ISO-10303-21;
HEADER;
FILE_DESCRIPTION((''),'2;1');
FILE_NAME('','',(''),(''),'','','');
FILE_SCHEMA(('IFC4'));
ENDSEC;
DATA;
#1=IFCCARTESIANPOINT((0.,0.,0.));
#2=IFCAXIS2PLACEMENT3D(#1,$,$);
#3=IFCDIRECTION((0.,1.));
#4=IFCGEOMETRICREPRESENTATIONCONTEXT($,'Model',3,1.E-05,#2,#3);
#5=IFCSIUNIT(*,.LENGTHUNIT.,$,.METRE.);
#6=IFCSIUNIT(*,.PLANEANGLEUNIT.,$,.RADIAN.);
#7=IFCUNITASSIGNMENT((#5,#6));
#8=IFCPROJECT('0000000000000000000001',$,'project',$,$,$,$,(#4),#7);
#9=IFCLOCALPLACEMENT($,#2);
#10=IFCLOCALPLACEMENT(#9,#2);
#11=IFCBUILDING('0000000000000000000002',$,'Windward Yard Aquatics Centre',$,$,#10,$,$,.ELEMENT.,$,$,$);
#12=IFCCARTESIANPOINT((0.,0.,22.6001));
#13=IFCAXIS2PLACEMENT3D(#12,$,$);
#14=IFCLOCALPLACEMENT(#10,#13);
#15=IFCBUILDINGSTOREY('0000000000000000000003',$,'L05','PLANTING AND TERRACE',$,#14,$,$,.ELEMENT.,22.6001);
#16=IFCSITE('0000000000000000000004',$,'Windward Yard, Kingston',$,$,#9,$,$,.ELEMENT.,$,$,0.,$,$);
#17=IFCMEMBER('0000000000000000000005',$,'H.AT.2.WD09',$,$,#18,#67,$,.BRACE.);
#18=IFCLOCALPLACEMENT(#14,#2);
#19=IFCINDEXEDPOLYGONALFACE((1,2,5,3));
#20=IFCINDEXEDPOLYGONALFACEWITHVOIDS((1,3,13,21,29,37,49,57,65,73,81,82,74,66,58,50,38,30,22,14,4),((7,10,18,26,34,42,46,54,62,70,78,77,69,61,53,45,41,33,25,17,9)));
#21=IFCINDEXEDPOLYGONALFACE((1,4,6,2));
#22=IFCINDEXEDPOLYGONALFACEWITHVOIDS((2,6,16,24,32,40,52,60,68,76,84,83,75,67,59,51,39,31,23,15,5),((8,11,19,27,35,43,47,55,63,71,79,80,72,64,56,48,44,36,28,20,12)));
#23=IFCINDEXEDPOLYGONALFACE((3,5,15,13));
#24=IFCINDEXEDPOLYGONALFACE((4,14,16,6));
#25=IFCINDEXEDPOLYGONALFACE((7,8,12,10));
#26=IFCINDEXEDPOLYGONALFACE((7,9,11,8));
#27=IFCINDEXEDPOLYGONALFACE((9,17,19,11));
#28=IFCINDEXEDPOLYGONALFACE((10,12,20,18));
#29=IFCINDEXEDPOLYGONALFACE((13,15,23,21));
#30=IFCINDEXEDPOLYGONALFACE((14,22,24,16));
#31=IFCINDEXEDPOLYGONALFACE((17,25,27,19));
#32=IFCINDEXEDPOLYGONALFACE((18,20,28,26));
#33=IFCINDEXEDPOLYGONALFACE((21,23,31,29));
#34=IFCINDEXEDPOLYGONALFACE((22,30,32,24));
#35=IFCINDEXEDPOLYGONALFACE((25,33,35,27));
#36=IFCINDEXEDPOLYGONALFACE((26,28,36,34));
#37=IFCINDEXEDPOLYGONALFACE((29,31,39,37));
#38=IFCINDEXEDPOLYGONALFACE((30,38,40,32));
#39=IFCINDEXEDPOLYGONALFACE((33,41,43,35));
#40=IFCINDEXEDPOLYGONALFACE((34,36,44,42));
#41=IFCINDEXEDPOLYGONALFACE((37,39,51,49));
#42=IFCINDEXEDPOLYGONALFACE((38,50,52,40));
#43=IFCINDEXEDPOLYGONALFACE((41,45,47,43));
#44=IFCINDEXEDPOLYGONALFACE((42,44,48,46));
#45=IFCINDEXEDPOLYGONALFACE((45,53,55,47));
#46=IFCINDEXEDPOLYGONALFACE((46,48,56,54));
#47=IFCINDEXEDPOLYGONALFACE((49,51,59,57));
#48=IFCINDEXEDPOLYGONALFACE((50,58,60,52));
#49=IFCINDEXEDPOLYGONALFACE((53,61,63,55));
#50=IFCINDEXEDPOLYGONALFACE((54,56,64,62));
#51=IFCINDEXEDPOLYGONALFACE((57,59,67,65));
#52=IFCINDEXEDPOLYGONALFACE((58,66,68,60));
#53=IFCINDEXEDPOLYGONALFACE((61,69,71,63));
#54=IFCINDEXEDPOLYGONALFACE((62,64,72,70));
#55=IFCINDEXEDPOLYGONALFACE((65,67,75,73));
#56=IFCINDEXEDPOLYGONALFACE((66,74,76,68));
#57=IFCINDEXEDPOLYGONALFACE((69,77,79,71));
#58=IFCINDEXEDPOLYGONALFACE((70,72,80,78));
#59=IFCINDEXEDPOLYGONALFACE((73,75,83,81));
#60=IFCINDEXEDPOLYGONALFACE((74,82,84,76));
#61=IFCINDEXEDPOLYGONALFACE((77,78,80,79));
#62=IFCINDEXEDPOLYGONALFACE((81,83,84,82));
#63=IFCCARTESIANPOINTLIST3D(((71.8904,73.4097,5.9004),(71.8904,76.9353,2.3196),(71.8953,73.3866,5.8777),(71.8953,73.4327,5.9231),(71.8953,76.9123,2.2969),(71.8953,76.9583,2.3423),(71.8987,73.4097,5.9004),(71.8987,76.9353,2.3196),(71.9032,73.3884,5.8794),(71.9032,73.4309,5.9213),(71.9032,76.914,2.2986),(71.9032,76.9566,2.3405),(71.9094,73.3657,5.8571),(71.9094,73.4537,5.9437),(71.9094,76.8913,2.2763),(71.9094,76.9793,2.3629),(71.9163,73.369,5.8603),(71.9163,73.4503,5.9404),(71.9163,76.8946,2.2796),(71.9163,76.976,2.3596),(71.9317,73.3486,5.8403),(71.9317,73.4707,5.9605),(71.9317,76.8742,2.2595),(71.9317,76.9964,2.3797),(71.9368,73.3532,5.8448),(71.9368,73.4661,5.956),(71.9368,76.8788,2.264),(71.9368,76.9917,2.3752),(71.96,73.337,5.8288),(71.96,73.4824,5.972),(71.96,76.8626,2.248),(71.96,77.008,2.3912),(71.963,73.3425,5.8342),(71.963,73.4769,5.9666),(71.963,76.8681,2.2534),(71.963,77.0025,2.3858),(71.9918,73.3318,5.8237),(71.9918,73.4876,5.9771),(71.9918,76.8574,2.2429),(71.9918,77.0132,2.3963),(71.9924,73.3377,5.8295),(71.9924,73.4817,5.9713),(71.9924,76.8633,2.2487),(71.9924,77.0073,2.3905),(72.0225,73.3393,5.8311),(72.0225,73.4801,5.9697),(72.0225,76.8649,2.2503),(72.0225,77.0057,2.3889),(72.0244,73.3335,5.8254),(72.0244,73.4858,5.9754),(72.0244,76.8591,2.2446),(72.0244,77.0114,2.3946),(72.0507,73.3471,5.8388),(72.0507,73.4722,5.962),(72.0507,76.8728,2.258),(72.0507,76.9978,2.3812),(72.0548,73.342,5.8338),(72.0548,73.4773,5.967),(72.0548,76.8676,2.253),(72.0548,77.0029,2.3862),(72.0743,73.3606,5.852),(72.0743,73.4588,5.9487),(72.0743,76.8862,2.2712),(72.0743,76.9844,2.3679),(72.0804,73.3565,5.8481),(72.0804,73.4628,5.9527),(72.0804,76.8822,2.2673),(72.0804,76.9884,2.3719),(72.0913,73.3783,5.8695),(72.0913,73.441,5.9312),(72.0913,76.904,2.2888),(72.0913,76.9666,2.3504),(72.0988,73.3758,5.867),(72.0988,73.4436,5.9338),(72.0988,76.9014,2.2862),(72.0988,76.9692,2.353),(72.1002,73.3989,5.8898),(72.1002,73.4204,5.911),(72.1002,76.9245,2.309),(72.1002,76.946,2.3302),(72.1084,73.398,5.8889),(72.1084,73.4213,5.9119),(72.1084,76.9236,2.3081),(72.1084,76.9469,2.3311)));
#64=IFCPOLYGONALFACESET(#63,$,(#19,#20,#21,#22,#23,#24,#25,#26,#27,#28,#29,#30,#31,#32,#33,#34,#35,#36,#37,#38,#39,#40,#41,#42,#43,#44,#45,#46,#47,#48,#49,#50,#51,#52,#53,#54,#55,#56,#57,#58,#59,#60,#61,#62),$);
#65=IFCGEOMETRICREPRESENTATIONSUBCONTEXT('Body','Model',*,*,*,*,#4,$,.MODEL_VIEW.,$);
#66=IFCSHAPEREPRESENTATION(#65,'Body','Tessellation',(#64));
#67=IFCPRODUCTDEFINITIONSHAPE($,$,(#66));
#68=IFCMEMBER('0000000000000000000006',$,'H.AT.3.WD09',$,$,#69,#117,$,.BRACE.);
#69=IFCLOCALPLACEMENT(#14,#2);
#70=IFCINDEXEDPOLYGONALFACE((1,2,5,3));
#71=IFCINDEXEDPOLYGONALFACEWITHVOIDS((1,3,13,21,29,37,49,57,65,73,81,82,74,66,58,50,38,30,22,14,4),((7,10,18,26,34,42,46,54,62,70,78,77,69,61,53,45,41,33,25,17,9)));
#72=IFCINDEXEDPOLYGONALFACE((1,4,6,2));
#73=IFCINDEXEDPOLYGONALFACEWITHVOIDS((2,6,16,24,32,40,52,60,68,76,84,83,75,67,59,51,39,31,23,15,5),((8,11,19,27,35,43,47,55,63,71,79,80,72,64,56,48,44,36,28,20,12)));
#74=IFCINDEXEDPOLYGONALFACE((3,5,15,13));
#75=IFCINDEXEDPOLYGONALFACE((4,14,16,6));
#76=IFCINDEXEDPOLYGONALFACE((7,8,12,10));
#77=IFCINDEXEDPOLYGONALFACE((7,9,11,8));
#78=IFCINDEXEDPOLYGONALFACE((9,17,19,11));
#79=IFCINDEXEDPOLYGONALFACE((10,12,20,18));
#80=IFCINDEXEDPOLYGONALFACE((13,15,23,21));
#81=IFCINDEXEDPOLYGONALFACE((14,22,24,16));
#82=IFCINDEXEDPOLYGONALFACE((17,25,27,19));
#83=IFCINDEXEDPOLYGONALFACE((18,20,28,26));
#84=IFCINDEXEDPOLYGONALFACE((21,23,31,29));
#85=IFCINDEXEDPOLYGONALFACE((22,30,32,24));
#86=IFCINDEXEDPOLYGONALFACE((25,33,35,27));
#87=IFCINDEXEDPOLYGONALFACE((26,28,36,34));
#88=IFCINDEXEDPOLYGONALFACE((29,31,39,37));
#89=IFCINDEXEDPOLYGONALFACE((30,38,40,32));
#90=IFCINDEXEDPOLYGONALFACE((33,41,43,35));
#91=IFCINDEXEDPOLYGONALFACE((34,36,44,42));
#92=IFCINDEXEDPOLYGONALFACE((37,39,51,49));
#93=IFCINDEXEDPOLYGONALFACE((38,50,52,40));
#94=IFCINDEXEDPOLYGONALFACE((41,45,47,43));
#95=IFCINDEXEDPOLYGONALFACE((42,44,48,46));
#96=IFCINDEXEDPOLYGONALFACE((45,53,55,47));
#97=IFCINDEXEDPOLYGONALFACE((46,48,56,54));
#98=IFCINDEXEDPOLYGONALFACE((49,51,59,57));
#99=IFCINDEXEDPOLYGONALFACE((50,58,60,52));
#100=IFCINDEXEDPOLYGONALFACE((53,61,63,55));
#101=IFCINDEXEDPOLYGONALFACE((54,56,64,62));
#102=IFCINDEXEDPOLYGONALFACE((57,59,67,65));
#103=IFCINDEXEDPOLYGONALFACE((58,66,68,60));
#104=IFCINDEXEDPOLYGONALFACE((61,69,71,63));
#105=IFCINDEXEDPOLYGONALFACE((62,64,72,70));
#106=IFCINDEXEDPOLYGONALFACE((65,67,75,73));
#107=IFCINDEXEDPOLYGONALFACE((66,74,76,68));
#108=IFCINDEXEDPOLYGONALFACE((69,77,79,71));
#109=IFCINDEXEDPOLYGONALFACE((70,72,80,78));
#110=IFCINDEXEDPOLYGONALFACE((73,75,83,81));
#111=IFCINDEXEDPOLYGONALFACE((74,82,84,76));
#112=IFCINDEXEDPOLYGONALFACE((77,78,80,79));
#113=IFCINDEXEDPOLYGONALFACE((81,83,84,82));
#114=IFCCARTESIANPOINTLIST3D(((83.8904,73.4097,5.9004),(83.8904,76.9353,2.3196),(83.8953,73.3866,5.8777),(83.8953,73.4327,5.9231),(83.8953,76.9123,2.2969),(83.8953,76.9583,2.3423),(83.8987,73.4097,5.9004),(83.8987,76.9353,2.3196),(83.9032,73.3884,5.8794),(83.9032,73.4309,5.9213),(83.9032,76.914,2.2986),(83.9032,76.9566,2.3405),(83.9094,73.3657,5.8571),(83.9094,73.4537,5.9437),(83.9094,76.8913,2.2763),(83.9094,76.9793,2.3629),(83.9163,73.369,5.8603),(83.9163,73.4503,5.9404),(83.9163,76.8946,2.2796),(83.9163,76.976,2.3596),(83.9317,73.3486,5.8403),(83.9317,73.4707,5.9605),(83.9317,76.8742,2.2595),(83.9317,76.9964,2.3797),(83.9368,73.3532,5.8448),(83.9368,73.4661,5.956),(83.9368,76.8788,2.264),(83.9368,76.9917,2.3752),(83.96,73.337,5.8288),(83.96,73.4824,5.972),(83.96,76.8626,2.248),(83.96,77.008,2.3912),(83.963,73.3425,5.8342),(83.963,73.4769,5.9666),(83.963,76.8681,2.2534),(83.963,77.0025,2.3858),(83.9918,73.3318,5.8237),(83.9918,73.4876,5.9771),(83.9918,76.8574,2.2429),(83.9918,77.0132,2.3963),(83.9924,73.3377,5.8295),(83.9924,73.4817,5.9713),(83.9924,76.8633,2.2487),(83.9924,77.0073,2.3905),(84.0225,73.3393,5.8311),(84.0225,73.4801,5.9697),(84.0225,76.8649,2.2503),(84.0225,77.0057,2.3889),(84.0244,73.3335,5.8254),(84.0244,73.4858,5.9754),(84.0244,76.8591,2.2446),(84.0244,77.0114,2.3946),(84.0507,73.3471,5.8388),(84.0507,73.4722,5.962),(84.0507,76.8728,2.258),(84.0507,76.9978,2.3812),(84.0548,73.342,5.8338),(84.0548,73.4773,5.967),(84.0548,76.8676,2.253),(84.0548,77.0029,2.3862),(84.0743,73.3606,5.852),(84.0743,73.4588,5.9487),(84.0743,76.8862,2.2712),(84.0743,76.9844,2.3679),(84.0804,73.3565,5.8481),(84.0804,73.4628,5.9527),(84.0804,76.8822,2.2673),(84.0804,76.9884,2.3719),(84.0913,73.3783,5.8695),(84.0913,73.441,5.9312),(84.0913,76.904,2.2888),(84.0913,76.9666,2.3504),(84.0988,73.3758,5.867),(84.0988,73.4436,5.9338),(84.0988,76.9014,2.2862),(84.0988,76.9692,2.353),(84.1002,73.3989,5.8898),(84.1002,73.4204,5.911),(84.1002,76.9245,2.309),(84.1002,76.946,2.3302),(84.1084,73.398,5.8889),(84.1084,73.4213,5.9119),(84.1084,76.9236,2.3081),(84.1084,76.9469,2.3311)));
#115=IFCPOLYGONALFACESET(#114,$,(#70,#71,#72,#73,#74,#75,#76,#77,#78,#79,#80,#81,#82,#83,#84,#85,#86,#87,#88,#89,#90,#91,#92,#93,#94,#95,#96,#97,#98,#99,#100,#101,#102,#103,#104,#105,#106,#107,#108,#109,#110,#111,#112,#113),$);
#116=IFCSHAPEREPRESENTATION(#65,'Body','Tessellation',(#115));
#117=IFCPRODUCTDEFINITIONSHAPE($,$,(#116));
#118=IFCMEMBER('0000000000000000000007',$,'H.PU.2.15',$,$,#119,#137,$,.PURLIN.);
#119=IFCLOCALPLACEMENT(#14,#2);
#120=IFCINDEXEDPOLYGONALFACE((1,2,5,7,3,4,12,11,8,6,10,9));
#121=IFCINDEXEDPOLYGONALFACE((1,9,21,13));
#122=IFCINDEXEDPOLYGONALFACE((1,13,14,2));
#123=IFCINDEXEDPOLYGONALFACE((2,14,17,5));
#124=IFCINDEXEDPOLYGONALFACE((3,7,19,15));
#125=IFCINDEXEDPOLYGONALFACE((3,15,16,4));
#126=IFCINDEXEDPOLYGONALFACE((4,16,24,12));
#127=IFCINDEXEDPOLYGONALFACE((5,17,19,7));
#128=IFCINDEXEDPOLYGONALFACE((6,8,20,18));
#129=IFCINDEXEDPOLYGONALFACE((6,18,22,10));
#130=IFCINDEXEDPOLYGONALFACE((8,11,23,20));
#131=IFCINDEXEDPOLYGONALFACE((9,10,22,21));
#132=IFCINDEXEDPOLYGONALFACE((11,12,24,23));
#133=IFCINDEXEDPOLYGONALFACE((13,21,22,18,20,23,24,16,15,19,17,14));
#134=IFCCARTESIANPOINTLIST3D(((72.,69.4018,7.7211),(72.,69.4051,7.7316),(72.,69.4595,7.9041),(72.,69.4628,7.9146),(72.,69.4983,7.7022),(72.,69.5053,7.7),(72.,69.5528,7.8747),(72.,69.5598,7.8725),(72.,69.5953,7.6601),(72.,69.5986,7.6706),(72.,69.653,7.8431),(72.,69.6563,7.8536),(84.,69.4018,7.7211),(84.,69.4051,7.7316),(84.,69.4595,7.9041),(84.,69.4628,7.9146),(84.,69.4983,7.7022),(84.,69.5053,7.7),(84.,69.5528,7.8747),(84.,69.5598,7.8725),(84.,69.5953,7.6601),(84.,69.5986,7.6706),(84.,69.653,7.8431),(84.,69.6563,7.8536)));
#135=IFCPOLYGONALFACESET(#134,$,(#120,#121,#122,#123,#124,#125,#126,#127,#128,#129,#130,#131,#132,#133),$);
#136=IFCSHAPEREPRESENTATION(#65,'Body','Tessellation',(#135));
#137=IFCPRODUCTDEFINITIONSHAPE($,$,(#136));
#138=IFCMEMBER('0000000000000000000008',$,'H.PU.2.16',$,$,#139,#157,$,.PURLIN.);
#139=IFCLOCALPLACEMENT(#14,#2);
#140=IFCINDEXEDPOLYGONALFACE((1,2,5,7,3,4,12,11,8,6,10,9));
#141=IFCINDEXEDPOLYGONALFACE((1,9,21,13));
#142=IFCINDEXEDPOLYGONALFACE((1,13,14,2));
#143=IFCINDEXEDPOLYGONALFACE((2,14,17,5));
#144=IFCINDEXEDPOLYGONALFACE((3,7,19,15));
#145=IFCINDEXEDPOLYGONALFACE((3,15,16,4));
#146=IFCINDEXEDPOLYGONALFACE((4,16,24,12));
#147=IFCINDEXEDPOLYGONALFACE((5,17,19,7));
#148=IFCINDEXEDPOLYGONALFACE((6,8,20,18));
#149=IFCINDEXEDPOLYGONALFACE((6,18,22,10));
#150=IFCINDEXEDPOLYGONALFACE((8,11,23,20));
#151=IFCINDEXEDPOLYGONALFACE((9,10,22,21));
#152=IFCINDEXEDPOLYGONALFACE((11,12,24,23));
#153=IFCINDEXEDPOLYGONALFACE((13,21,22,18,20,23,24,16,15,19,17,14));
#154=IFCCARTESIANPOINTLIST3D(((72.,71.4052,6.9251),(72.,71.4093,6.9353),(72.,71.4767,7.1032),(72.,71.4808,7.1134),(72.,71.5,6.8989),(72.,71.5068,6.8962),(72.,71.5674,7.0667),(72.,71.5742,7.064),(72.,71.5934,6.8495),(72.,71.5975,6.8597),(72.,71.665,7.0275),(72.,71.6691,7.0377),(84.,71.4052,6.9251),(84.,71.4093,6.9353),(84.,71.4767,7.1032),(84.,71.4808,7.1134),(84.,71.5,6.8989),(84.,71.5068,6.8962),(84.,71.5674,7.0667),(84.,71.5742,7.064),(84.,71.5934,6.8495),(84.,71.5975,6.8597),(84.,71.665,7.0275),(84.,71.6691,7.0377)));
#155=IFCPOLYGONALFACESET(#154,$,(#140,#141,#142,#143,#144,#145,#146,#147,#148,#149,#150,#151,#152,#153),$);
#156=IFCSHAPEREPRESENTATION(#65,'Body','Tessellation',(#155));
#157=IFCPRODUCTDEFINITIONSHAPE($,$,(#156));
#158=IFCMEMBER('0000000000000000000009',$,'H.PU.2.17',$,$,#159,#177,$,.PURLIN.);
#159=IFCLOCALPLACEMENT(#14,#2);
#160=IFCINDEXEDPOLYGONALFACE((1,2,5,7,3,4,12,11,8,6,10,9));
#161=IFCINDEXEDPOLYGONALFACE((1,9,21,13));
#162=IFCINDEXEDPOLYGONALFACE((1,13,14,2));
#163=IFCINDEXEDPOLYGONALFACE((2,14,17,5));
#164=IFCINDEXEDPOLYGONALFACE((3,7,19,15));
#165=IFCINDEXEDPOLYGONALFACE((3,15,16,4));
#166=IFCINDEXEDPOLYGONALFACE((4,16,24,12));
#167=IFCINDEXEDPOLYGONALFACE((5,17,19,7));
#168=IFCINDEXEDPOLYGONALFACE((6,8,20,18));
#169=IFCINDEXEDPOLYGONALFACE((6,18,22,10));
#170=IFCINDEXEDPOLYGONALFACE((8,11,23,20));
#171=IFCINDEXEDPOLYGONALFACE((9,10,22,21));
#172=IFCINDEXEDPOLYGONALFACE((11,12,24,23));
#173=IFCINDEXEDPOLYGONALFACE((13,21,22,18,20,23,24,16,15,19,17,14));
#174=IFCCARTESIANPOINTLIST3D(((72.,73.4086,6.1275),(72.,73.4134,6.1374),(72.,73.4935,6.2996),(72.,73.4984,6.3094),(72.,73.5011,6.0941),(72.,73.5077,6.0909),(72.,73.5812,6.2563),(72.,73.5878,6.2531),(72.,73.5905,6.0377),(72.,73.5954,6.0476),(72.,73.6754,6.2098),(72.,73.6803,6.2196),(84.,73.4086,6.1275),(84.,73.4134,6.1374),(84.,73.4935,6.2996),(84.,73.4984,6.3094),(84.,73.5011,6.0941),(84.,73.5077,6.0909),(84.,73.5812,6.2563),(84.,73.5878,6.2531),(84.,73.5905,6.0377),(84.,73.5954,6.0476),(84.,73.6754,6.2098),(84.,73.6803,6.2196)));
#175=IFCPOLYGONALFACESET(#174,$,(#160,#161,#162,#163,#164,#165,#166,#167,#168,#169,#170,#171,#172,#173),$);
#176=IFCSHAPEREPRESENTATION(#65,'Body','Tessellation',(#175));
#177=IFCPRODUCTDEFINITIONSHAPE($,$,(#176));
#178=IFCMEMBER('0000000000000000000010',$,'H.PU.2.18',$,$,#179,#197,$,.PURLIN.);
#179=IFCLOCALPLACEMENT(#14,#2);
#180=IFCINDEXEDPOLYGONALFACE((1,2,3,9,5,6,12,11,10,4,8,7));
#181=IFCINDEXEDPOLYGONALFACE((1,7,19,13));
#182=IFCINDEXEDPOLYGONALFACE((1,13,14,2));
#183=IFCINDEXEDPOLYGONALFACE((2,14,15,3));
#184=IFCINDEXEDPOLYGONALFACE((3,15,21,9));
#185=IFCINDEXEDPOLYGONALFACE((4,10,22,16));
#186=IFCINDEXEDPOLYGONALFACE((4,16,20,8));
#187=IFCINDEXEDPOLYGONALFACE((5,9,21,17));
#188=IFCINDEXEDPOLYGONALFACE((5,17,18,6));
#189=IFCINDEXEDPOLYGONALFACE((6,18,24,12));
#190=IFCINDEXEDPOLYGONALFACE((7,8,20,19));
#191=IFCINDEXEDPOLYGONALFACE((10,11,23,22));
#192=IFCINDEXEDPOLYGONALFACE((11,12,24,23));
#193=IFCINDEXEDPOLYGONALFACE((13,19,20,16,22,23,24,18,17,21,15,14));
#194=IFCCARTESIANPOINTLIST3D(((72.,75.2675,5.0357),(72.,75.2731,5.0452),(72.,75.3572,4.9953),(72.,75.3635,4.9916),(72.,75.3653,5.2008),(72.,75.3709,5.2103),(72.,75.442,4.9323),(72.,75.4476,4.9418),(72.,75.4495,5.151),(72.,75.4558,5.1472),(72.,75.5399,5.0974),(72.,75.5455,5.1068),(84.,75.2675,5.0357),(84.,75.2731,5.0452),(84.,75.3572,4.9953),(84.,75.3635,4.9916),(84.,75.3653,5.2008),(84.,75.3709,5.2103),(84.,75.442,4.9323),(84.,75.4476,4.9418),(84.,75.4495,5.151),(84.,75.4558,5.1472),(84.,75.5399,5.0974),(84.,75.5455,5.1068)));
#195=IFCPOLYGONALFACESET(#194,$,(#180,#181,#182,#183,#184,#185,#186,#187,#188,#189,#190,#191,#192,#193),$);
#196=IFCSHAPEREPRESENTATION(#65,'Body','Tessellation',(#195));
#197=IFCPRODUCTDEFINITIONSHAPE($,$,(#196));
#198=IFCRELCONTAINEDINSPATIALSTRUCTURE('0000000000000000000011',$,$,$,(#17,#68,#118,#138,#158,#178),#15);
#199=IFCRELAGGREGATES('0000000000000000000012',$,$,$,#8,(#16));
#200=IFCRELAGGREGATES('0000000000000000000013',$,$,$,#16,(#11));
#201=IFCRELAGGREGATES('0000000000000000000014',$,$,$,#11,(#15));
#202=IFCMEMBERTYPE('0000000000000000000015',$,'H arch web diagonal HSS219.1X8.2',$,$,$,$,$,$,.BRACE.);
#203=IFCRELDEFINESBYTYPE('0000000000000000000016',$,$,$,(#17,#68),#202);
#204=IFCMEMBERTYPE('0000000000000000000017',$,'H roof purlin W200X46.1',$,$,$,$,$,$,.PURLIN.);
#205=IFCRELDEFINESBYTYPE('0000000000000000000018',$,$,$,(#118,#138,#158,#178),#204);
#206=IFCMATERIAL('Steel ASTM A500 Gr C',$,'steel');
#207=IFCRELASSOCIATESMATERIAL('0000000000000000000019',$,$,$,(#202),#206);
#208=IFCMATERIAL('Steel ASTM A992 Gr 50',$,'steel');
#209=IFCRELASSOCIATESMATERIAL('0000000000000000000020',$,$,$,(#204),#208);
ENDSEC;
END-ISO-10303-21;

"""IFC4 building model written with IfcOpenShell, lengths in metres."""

from ifc_helpers import new_model, si_unit, direction, frame, origin, origin_2d, place, context, subcontext, project, spatial, hollow_circle, i_section, extrude, material, material_profile, profile_set, type_object, element, save


model = new_model("IFC4")

# Units and contexts
model_context = context("Model", 3, precision=1e-05, world=origin(), true_north=direction((0.0, 1.0)))
body_context = subcontext(model_context, "Body", "Model", "MODEL_VIEW")
ifc_project = project(units=[si_unit("LENGTHUNIT", "METRE"), si_unit("PLANEANGLEUNIT", "RADIAN")], contexts=[model_context])

# Site, building, storey
site_placement = place(None, origin())
site = spatial("IfcSite", under=ifc_project, at=site_placement, Name="Windward Yard, Kingston", CompositionType="ELEMENT", RefElevation=0.0)
building_placement = place(site_placement, origin())
building = spatial("IfcBuilding", under=site, at=building_placement, Name="Windward Yard Aquatics Centre", CompositionType="ELEMENT")
storey_placement = place(building_placement, frame((0.0, 0.0, 22.6001)))
storey = spatial("IfcBuildingStorey", under=building, at=storey_placement, Name="L05", Description="PLANTING AND TERRACE", CompositionType="ELEMENT", Elevation=22.6001)

# Members
ifc_material_1 = material(Name="Steel ASTM A500 Gr C", Category="steel")
ifc_material_profile_1 = material_profile(ifc_material_1, hollow_circle(Radius=0.1096, WallThickness=0.0083, at=origin_2d()), Name="HSS219.1X8.2")
ifc_profile_set_1 = profile_set([ifc_material_profile_1], Name="Steel ASTM A500 Gr C")
member_type_1 = type_object("IfcMemberType", Name="H arch web diagonal HSS219.1X8.2", PredefinedType="BRACE", material=ifc_profile_set_1)
for number, where, z_axis, x_axis, name in (
    (1, (72.0, 73.4097, 5.9004), (0.0, 0.701596, -0.712575), (-1.0, 0.0, 0.0), "H.AT.2.WD09"),
    (2, (84.0, 73.4097, 5.9004), (0.0, 0.701596, -0.712575), (-1.0, 0.0, 0.0), "H.AT.3.WD09"),
):
    element("IfcMember", number, at=place(storey_placement, frame(where, z_axis=z_axis, x_axis=x_axis)), inside=storey, type_object=member_type_1, Name=name, PredefinedType="BRACE", context=body_context, shape_type="SweptSolid", body=[
        extrude(hollow_circle(Radius=0.1096, WallThickness=0.0083, at=origin_2d()), origin(), (0.0, 0.0, 1.0), 5.0251),
    ])
ifc_material_2 = material(Name="Steel ASTM A992 Gr 50", Category="steel")
ifc_material_profile_2 = material_profile(ifc_material_2, i_section(OverallWidth=0.2029, OverallDepth=0.2029, WebThickness=0.0073, FlangeThickness=0.011, at=origin_2d()), Name="W200X46.1")
ifc_profile_set_2 = profile_set([ifc_material_profile_2], Name="Steel ASTM A992 Gr 50")
member_type_2 = type_object("IfcMemberType", Name="H roof purlin W200X46.1", PredefinedType="PURLIN", material=ifc_profile_set_2)
for number, where, z_axis, x_axis, name in (
    (3, (72.0, 69.5291, 7.7874), (1.0, 0.0, 0.0), (0.0, 0.953633, -0.300973), "H.PU.2.15"),
    (4, (72.0, 71.5371, 6.9814), (1.0, 0.0, 0.0), (0.0, 0.927869, -0.372907), "H.PU.2.16"),
    (5, (72.0, 73.5444, 6.1736), (1.0, 0.0, 0.0), (0.0, 0.896687, -0.442665), "H.PU.2.17"),
    (6, (72.0, 75.4065, 5.0713), (1.0, 0.0, 0.0), (0.0, 0.86027, -0.509838), "H.PU.2.18"),
):
    element("IfcMember", number, at=place(storey_placement, frame(where, z_axis=z_axis, x_axis=x_axis)), inside=storey, type_object=member_type_2, Name=name, PredefinedType="PURLIN", context=body_context, shape_type="SweptSolid", body=[
        extrude(i_section(OverallWidth=0.2029, OverallDepth=0.2029, WebThickness=0.0073, FlangeThickness=0.011, at=origin_2d()), origin(), (0.0, 0.0, 1.0), 12.0),
    ])

save(model, "model.ifc")
